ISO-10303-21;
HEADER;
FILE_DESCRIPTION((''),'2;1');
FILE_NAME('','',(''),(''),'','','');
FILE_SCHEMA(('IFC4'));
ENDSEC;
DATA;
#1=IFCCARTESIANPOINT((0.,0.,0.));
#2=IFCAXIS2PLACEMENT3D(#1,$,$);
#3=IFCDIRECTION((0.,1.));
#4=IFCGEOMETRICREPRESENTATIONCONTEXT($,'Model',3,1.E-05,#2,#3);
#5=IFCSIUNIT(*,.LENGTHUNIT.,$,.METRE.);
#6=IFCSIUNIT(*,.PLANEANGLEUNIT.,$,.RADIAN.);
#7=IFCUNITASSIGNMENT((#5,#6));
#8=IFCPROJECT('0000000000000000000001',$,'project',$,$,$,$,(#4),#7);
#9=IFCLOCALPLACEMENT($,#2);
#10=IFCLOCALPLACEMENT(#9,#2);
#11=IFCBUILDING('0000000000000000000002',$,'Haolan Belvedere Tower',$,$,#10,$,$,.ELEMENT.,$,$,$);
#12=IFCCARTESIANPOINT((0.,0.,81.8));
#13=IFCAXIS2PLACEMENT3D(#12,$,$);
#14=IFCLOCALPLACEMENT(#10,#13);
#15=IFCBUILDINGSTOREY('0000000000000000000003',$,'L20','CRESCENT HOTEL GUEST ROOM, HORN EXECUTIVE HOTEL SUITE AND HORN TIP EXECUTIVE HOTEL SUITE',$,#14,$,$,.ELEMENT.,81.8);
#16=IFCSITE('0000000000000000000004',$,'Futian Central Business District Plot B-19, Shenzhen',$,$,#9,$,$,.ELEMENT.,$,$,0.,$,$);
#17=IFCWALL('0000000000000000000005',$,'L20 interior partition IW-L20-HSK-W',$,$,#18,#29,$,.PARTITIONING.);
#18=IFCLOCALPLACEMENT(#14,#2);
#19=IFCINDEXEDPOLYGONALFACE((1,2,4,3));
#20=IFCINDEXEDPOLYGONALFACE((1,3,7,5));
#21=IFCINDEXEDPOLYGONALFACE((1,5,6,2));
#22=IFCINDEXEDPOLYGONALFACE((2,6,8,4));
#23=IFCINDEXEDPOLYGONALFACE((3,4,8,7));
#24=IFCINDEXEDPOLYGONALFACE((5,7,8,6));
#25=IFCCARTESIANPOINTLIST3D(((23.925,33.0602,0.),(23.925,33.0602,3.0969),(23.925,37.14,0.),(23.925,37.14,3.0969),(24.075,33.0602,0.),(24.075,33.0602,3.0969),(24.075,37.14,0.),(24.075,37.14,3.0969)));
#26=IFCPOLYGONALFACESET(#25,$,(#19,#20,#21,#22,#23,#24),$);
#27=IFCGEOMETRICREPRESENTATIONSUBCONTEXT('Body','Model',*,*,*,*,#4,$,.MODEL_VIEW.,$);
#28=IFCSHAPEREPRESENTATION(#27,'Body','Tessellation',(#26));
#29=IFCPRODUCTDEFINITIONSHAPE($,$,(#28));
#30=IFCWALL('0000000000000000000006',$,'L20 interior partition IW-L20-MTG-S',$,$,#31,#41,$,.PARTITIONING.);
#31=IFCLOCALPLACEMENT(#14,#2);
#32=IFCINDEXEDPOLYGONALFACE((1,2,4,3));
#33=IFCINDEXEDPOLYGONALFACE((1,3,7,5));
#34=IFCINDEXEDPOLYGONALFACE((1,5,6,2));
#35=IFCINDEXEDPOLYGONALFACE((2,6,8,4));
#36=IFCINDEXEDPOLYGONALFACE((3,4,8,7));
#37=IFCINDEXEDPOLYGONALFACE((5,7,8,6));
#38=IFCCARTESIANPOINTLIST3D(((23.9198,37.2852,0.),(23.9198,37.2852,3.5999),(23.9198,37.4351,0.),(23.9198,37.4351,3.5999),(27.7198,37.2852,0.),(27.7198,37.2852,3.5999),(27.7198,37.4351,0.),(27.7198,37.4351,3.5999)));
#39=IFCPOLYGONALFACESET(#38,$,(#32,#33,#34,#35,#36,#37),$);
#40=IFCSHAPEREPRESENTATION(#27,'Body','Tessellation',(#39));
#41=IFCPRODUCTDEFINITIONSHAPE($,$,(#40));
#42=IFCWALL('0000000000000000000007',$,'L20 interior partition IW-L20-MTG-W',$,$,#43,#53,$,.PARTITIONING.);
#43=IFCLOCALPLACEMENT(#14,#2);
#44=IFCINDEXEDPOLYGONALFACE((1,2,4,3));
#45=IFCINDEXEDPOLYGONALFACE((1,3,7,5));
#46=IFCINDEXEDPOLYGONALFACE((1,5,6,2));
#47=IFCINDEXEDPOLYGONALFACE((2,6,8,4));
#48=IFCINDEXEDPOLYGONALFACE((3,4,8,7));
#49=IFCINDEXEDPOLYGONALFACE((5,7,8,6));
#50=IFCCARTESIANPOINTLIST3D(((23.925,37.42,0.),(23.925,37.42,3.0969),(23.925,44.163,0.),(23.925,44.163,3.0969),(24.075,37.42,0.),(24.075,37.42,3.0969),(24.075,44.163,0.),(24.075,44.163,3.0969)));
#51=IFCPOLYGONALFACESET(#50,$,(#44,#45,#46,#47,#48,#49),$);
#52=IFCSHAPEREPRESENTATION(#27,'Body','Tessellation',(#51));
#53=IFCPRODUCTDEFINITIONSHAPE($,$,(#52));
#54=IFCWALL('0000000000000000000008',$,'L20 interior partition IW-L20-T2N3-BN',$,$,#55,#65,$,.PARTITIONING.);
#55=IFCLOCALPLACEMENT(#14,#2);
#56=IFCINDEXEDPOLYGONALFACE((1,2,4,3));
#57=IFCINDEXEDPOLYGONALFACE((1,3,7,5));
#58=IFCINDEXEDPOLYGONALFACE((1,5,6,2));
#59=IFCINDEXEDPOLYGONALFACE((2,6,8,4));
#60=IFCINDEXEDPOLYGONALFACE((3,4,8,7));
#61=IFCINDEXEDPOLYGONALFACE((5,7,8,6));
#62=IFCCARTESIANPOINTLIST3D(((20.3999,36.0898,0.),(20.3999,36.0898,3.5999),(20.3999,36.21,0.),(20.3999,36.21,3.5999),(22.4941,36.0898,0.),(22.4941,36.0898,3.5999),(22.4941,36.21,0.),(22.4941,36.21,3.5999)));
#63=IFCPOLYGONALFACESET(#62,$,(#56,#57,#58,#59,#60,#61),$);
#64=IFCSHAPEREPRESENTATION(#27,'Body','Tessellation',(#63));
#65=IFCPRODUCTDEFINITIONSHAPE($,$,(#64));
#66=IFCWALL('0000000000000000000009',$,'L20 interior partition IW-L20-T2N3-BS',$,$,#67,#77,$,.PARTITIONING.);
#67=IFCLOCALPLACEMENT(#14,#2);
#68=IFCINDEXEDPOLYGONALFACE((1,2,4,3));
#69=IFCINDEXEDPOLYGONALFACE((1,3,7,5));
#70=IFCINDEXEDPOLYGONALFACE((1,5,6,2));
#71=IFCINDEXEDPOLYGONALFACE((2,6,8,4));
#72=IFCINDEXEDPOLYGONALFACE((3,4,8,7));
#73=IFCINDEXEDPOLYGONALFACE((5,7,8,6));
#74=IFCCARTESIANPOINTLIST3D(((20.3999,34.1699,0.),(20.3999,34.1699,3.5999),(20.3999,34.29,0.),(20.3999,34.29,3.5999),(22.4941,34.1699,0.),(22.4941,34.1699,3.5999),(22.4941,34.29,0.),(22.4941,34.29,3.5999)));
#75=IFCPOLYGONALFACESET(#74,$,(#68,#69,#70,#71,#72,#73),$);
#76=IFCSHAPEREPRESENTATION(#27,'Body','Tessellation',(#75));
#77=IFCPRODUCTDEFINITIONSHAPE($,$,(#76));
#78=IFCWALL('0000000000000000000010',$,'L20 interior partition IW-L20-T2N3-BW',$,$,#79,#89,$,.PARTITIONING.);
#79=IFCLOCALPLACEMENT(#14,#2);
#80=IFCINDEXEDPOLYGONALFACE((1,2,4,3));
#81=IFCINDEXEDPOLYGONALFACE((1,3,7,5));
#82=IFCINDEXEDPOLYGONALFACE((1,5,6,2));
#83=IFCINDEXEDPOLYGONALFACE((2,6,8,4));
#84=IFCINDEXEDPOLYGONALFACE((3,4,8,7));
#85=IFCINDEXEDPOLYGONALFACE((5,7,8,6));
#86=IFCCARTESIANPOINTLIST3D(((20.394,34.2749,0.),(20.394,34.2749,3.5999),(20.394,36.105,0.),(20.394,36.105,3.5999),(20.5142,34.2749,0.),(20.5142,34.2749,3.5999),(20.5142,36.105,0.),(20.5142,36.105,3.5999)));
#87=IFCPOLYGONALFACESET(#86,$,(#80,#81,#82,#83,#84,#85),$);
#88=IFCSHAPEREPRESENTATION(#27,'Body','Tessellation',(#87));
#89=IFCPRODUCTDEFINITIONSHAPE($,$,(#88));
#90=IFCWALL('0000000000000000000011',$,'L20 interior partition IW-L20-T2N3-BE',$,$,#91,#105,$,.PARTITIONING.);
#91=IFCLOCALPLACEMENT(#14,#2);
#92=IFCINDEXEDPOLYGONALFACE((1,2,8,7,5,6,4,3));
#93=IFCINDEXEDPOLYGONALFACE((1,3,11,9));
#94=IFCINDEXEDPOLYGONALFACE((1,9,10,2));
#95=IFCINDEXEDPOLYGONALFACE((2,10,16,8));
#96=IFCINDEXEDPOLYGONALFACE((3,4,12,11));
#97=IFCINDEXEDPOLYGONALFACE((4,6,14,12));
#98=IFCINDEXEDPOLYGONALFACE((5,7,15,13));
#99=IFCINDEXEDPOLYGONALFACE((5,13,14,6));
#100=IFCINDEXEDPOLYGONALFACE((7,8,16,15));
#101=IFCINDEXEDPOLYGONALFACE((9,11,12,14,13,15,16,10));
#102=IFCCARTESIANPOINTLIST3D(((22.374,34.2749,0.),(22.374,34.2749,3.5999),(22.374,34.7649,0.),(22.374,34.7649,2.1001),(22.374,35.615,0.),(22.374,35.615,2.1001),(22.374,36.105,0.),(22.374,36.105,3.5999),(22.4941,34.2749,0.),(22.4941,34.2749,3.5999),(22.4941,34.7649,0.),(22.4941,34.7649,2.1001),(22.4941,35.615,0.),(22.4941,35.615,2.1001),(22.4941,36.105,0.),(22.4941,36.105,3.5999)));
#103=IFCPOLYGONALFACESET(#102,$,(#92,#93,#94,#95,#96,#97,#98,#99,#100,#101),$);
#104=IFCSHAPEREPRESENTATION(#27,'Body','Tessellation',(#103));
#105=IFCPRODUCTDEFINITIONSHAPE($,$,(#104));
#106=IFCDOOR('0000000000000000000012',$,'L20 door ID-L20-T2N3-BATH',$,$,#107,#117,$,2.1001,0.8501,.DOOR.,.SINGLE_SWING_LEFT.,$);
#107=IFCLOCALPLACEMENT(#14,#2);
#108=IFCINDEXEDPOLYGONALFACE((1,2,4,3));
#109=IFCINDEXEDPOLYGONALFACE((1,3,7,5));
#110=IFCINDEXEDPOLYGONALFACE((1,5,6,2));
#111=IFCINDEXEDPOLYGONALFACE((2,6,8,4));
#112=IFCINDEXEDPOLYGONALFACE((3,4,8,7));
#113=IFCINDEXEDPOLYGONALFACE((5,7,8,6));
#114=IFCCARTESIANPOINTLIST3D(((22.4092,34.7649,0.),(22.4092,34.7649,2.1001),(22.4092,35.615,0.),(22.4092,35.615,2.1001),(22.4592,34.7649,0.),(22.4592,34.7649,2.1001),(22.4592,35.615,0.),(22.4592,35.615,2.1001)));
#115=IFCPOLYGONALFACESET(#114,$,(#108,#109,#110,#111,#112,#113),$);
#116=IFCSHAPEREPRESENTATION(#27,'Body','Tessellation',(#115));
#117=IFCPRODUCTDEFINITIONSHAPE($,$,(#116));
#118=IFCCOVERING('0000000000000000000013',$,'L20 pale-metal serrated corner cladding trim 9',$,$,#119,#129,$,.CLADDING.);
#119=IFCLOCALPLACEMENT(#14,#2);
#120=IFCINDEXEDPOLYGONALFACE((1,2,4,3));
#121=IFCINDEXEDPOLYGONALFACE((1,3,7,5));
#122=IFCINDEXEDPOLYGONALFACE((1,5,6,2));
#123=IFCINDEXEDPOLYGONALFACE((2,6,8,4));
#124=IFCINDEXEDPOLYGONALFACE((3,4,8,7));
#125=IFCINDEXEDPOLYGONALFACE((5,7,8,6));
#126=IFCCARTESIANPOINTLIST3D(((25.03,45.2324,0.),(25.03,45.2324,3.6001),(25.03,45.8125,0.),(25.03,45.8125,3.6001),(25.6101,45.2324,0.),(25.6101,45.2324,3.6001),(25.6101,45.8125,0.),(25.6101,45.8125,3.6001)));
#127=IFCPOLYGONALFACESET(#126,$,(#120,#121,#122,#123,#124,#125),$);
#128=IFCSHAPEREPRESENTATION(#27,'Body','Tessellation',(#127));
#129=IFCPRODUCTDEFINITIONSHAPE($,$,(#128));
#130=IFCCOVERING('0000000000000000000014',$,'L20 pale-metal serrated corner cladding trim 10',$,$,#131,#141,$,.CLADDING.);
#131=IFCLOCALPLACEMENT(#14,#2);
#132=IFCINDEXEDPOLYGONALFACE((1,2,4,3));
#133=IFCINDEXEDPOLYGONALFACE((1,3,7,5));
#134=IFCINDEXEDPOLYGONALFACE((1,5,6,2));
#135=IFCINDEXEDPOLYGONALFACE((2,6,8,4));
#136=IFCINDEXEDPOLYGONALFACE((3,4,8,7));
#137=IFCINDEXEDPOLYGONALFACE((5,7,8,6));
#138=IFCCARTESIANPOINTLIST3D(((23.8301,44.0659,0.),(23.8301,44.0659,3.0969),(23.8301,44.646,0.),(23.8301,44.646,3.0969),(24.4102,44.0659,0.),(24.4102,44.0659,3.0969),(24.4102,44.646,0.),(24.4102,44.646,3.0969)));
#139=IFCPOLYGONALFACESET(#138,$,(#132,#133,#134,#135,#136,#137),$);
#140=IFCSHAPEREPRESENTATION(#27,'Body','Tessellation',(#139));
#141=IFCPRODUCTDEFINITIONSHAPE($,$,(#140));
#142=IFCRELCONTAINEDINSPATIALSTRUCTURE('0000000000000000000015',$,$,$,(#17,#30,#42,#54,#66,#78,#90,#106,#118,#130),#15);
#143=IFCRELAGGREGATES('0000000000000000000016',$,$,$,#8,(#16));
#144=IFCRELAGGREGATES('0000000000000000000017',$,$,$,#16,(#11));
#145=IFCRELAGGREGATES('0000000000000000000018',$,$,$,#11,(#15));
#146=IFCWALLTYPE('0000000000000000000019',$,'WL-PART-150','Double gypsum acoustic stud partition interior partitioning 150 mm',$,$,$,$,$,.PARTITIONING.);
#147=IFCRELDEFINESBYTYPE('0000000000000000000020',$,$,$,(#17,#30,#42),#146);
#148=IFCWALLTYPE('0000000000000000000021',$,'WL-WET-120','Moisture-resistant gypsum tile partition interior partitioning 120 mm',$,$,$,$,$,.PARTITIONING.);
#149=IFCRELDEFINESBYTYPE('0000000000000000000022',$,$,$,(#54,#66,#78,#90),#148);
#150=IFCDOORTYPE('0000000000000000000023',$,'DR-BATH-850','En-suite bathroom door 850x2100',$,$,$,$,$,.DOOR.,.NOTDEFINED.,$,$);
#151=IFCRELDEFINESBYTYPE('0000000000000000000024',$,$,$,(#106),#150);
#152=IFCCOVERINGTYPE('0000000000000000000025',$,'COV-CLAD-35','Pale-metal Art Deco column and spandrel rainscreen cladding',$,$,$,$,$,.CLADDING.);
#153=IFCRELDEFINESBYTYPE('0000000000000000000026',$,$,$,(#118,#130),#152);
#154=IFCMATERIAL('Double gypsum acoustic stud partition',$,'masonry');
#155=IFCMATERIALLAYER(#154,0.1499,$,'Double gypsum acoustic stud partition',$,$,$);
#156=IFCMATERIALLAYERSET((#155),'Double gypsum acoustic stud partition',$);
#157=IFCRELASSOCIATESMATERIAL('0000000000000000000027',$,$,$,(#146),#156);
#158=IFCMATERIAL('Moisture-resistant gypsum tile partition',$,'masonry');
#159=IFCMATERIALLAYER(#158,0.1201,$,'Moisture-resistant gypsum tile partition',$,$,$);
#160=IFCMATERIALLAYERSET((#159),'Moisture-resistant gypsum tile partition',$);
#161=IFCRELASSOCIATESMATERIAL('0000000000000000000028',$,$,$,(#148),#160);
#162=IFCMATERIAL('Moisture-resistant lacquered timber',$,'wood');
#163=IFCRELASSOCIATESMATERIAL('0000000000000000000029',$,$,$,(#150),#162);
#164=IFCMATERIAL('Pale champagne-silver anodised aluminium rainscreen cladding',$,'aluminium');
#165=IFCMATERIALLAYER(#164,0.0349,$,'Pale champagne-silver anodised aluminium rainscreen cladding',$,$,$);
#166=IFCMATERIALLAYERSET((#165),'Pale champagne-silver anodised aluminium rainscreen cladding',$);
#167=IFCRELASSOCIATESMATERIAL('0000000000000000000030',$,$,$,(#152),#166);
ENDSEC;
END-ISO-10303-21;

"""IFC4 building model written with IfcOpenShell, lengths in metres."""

from ifc_helpers import new_model, si_unit, direction, frame, frame_2d, origin, origin_2d, place, context, subcontext, project, spatial, rectangle, extrude, material, layer, layer_set, type_object, element, fill, save


model = new_model("IFC4")

# Units and contexts
model_context = context("Model", 3, precision=1e-05, world=origin(), true_north=direction((0.0, 1.0)))
body_context = subcontext(model_context, "Body", "Model", "MODEL_VIEW")
ifc_project = project(units=[si_unit("LENGTHUNIT", "METRE"), si_unit("PLANEANGLEUNIT", "RADIAN")], contexts=[model_context])

# Site, building, storey
site_placement = place(None, origin())
site = spatial("IfcSite", under=ifc_project, at=site_placement, Name="Futian Central Business District Plot B-19, Shenzhen", CompositionType="ELEMENT", RefElevation=0.0)
building_placement = place(site_placement, origin())
building = spatial("IfcBuilding", under=site, at=building_placement, Name="Haolan Belvedere Tower", CompositionType="ELEMENT")
storey_placement = place(building_placement, frame((0.0, 0.0, 81.8)))
storey = spatial("IfcBuildingStorey", under=building, at=storey_placement, Name="L20", Description="CRESCENT HOTEL GUEST ROOM, HORN EXECUTIVE HOTEL SUITE AND HORN TIP EXECUTIVE HOTEL SUITE", CompositionType="ELEMENT", Elevation=81.8)

# Walls
ifc_material_1 = material(Name="Double gypsum acoustic stud partition", Category="masonry")
ifc_layer_1 = layer(ifc_material_1, 0.1499, Name="Double gypsum acoustic stud partition")
ifc_layer_set_1 = layer_set([ifc_layer_1], Name="Double gypsum acoustic stud partition")
wall_type_1 = type_object("IfcWallType", Name="WL-PART-150", Description="Double gypsum acoustic stud partition interior partitioning 150 mm", PredefinedType="PARTITIONING", material=ifc_layer_set_1)
wall_1_placement = place(storey_placement, frame((24.0, 33.0601, 0.0), z_axis=(0.0, 0.0, 1.0), x_axis=(0.0, 1.0, 0.0)))
element("IfcWall", 1, at=wall_1_placement, inside=storey, type_object=wall_type_1, Name="L20 interior partition IW-L20-HSK-W", PredefinedType="PARTITIONING", context=body_context, shape_type="SweptSolid", body=[
    extrude(rectangle(XDim=4.0798, YDim=0.1499, at=frame_2d((2.04, 0.0))), origin(), (0.0, 0.0, 1.0), 3.0969),
])
wall_2_placement = place(storey_placement, frame((23.9199, 37.3601, 0.0), z_axis=(0.0, 0.0, 1.0), x_axis=(1.0, 0.0, 0.0)))
element("IfcWall", 2, at=wall_2_placement, inside=storey, type_object=wall_type_1, Name="L20 interior partition IW-L20-MTG-S", PredefinedType="PARTITIONING", context=body_context, shape_type="SweptSolid", body=[
    extrude(rectangle(XDim=3.8, YDim=0.1499, at=frame_2d((1.8999, 0.0))), origin(), (0.0, 0.0, 1.0), 3.5999),
])
wall_3_placement = place(storey_placement, frame((24.0, 37.4199, 0.0), z_axis=(0.0, 0.0, 1.0), x_axis=(0.0, 1.0, 0.0)))
element("IfcWall", 3, at=wall_3_placement, inside=storey, type_object=wall_type_1, Name="L20 interior partition IW-L20-MTG-W", PredefinedType="PARTITIONING", context=body_context, shape_type="SweptSolid", body=[
    extrude(rectangle(XDim=6.7429, YDim=0.1499, at=frame_2d((3.3716, 0.0))), origin(), (0.0, 0.0, 1.0), 3.0969),
])

# Walls
ifc_material_2 = material(Name="Moisture-resistant gypsum tile partition", Category="masonry")
ifc_layer_2 = layer(ifc_material_2, 0.1201, Name="Moisture-resistant gypsum tile partition")
ifc_layer_set_2 = layer_set([ifc_layer_2], Name="Moisture-resistant gypsum tile partition")
wall_type_2 = type_object("IfcWallType", Name="WL-WET-120", Description="Moisture-resistant gypsum tile partition interior partitioning 120 mm", PredefinedType="PARTITIONING", material=ifc_layer_set_2)
for number, where, z_axis, x_axis, name in (
    (4, (20.3999, 36.1499, 0.0), (0.0, 0.0, 1.0), (1.0, 0.0, 0.0), "L20 interior partition IW-L20-T2N3-BN"),
    (5, (20.3999, 34.23, 0.0), (0.0, 0.0, 1.0), (1.0, 0.0, 0.0), "L20 interior partition IW-L20-T2N3-BS"),
):
    element("IfcWall", number, at=place(storey_placement, frame(where, z_axis=z_axis, x_axis=x_axis)), inside=storey, type_object=wall_type_2, Name=name, PredefinedType="PARTITIONING", context=body_context, shape_type="SweptSolid", body=[
        extrude(rectangle(XDim=2.0942, YDim=0.1201, at=frame_2d((1.0471, 0.0))), origin(), (0.0, 0.0, 1.0), 3.5999),
    ])
wall_4_placement = place(storey_placement, frame((20.4541, 34.2749, 0.0), z_axis=(0.0, 0.0, 1.0), x_axis=(0.0, 1.0, 0.0)))
element("IfcWall", 6, at=wall_4_placement, inside=storey, type_object=wall_type_2, Name="L20 interior partition IW-L20-T2N3-BW", PredefinedType="PARTITIONING", context=body_context, shape_type="SweptSolid", body=[
    extrude(rectangle(XDim=1.8301, YDim=0.1201, at=frame_2d((0.915, 0.0))), origin(), (0.0, 0.0, 1.0), 3.5999),
])

# Wall, opening, door
wall_5_placement = place(storey_placement, frame((22.4341, 34.2749, 0.0), z_axis=(0.0, 0.0, 1.0), x_axis=(0.0, 1.0, 0.0)))
wall_5 = element("IfcWall", 7, at=wall_5_placement, inside=storey, type_object=wall_type_2, Name="L20 interior partition IW-L20-T2N3-BE", PredefinedType="PARTITIONING", context=body_context, shape_type="SweptSolid", body=[
    extrude(rectangle(XDim=1.8301, YDim=0.1201, at=frame_2d((0.915, 0.0))), origin(), (0.0, 0.0, 1.0), 3.5999),
])
opening_1_placement = place(wall_5_placement, frame((0.49, 0.0, 0.0)))
opening_1 = element("IfcOpeningElement", 8, at=opening_1_placement, cuts=wall_5, PredefinedType="OPENING", context=body_context, shape_type="SweptSolid", body=[
    extrude(rectangle(XDim=0.8501, YDim=2.1001, at=frame_2d((0.425, 1.05))), frame((0.0, 0.0701, 0.0), z_axis=(0.0, -1.0, 0.0), x_axis=(1.0, 0.0, 0.0)), (0.0, 0.0, 1.0), 0.1401),
])
ifc_material_3 = material(Name="Moisture-resistant lacquered timber", Category="wood")
door_type_1 = type_object("IfcDoorType", Name="DR-BATH-850", Description="En-suite bathroom door 850x2100", OperationType="NOTDEFINED", PredefinedType="DOOR", material=ifc_material_3)
door_1_placement = place(opening_1_placement, origin())
door_1 = element("IfcDoor", 9, at=door_1_placement, inside=storey, type_object=door_type_1, Name="L20 door ID-L20-T2N3-BATH", OperationType="SINGLE_SWING_LEFT", OverallHeight=2.1001, OverallWidth=0.8501, PredefinedType="DOOR", context=body_context, shape_type="SweptSolid", body=[
    extrude(rectangle(XDim=0.8501, YDim=2.1001, at=frame_2d((0.425, 1.05))), frame((0.0, 0.0249, 0.0), z_axis=(0.0, -1.0, 0.0), x_axis=(1.0, 0.0, 0.0)), (0.0, 0.0, 1.0), 0.05),
])
fill(opening_1, door_1)

# Coverings
ifc_material_4 = material(Name="Pale champagne-silver anodised aluminium rainscreen cladding", Category="aluminium")
ifc_layer_3 = layer(ifc_material_4, 0.0349, Name="Pale champagne-silver anodised aluminium rainscreen cladding")
ifc_layer_set_3 = layer_set([ifc_layer_3], Name="Pale champagne-silver anodised aluminium rainscreen cladding")
covering_type = type_object("IfcCoveringType", Name="COV-CLAD-35", Description="Pale-metal Art Deco column and spandrel rainscreen cladding", PredefinedType="CLADDING", material=ifc_layer_set_3)
covering_1_placement = place(storey_placement, frame((25.3201, 45.5225, 0.0), z_axis=(0.0, 0.0, 1.0), x_axis=(1.0, 0.0, 0.0)))
element("IfcCovering", 10, at=covering_1_placement, inside=storey, type_object=covering_type, Name="L20 pale-metal serrated corner cladding trim 9", PredefinedType="CLADDING", context=body_context, shape_type="SweptSolid", body=[
    extrude(rectangle(XDim=0.5801, YDim=0.5801, at=origin_2d()), origin(), (0.0, 0.0, 1.0), 3.6001),
])
covering_2_placement = place(storey_placement, frame((24.1201, 44.356, 0.0), z_axis=(0.0, 0.0, 1.0), x_axis=(1.0, 0.0, 0.0)))
element("IfcCovering", 11, at=covering_2_placement, inside=storey, type_object=covering_type, Name="L20 pale-metal serrated corner cladding trim 10", PredefinedType="CLADDING", context=body_context, shape_type="SweptSolid", body=[
    extrude(rectangle(XDim=0.5801, YDim=0.5801, at=origin_2d()), origin(), (0.0, 0.0, 1.0), 3.0969),
])

save(model, "model.ifc")
